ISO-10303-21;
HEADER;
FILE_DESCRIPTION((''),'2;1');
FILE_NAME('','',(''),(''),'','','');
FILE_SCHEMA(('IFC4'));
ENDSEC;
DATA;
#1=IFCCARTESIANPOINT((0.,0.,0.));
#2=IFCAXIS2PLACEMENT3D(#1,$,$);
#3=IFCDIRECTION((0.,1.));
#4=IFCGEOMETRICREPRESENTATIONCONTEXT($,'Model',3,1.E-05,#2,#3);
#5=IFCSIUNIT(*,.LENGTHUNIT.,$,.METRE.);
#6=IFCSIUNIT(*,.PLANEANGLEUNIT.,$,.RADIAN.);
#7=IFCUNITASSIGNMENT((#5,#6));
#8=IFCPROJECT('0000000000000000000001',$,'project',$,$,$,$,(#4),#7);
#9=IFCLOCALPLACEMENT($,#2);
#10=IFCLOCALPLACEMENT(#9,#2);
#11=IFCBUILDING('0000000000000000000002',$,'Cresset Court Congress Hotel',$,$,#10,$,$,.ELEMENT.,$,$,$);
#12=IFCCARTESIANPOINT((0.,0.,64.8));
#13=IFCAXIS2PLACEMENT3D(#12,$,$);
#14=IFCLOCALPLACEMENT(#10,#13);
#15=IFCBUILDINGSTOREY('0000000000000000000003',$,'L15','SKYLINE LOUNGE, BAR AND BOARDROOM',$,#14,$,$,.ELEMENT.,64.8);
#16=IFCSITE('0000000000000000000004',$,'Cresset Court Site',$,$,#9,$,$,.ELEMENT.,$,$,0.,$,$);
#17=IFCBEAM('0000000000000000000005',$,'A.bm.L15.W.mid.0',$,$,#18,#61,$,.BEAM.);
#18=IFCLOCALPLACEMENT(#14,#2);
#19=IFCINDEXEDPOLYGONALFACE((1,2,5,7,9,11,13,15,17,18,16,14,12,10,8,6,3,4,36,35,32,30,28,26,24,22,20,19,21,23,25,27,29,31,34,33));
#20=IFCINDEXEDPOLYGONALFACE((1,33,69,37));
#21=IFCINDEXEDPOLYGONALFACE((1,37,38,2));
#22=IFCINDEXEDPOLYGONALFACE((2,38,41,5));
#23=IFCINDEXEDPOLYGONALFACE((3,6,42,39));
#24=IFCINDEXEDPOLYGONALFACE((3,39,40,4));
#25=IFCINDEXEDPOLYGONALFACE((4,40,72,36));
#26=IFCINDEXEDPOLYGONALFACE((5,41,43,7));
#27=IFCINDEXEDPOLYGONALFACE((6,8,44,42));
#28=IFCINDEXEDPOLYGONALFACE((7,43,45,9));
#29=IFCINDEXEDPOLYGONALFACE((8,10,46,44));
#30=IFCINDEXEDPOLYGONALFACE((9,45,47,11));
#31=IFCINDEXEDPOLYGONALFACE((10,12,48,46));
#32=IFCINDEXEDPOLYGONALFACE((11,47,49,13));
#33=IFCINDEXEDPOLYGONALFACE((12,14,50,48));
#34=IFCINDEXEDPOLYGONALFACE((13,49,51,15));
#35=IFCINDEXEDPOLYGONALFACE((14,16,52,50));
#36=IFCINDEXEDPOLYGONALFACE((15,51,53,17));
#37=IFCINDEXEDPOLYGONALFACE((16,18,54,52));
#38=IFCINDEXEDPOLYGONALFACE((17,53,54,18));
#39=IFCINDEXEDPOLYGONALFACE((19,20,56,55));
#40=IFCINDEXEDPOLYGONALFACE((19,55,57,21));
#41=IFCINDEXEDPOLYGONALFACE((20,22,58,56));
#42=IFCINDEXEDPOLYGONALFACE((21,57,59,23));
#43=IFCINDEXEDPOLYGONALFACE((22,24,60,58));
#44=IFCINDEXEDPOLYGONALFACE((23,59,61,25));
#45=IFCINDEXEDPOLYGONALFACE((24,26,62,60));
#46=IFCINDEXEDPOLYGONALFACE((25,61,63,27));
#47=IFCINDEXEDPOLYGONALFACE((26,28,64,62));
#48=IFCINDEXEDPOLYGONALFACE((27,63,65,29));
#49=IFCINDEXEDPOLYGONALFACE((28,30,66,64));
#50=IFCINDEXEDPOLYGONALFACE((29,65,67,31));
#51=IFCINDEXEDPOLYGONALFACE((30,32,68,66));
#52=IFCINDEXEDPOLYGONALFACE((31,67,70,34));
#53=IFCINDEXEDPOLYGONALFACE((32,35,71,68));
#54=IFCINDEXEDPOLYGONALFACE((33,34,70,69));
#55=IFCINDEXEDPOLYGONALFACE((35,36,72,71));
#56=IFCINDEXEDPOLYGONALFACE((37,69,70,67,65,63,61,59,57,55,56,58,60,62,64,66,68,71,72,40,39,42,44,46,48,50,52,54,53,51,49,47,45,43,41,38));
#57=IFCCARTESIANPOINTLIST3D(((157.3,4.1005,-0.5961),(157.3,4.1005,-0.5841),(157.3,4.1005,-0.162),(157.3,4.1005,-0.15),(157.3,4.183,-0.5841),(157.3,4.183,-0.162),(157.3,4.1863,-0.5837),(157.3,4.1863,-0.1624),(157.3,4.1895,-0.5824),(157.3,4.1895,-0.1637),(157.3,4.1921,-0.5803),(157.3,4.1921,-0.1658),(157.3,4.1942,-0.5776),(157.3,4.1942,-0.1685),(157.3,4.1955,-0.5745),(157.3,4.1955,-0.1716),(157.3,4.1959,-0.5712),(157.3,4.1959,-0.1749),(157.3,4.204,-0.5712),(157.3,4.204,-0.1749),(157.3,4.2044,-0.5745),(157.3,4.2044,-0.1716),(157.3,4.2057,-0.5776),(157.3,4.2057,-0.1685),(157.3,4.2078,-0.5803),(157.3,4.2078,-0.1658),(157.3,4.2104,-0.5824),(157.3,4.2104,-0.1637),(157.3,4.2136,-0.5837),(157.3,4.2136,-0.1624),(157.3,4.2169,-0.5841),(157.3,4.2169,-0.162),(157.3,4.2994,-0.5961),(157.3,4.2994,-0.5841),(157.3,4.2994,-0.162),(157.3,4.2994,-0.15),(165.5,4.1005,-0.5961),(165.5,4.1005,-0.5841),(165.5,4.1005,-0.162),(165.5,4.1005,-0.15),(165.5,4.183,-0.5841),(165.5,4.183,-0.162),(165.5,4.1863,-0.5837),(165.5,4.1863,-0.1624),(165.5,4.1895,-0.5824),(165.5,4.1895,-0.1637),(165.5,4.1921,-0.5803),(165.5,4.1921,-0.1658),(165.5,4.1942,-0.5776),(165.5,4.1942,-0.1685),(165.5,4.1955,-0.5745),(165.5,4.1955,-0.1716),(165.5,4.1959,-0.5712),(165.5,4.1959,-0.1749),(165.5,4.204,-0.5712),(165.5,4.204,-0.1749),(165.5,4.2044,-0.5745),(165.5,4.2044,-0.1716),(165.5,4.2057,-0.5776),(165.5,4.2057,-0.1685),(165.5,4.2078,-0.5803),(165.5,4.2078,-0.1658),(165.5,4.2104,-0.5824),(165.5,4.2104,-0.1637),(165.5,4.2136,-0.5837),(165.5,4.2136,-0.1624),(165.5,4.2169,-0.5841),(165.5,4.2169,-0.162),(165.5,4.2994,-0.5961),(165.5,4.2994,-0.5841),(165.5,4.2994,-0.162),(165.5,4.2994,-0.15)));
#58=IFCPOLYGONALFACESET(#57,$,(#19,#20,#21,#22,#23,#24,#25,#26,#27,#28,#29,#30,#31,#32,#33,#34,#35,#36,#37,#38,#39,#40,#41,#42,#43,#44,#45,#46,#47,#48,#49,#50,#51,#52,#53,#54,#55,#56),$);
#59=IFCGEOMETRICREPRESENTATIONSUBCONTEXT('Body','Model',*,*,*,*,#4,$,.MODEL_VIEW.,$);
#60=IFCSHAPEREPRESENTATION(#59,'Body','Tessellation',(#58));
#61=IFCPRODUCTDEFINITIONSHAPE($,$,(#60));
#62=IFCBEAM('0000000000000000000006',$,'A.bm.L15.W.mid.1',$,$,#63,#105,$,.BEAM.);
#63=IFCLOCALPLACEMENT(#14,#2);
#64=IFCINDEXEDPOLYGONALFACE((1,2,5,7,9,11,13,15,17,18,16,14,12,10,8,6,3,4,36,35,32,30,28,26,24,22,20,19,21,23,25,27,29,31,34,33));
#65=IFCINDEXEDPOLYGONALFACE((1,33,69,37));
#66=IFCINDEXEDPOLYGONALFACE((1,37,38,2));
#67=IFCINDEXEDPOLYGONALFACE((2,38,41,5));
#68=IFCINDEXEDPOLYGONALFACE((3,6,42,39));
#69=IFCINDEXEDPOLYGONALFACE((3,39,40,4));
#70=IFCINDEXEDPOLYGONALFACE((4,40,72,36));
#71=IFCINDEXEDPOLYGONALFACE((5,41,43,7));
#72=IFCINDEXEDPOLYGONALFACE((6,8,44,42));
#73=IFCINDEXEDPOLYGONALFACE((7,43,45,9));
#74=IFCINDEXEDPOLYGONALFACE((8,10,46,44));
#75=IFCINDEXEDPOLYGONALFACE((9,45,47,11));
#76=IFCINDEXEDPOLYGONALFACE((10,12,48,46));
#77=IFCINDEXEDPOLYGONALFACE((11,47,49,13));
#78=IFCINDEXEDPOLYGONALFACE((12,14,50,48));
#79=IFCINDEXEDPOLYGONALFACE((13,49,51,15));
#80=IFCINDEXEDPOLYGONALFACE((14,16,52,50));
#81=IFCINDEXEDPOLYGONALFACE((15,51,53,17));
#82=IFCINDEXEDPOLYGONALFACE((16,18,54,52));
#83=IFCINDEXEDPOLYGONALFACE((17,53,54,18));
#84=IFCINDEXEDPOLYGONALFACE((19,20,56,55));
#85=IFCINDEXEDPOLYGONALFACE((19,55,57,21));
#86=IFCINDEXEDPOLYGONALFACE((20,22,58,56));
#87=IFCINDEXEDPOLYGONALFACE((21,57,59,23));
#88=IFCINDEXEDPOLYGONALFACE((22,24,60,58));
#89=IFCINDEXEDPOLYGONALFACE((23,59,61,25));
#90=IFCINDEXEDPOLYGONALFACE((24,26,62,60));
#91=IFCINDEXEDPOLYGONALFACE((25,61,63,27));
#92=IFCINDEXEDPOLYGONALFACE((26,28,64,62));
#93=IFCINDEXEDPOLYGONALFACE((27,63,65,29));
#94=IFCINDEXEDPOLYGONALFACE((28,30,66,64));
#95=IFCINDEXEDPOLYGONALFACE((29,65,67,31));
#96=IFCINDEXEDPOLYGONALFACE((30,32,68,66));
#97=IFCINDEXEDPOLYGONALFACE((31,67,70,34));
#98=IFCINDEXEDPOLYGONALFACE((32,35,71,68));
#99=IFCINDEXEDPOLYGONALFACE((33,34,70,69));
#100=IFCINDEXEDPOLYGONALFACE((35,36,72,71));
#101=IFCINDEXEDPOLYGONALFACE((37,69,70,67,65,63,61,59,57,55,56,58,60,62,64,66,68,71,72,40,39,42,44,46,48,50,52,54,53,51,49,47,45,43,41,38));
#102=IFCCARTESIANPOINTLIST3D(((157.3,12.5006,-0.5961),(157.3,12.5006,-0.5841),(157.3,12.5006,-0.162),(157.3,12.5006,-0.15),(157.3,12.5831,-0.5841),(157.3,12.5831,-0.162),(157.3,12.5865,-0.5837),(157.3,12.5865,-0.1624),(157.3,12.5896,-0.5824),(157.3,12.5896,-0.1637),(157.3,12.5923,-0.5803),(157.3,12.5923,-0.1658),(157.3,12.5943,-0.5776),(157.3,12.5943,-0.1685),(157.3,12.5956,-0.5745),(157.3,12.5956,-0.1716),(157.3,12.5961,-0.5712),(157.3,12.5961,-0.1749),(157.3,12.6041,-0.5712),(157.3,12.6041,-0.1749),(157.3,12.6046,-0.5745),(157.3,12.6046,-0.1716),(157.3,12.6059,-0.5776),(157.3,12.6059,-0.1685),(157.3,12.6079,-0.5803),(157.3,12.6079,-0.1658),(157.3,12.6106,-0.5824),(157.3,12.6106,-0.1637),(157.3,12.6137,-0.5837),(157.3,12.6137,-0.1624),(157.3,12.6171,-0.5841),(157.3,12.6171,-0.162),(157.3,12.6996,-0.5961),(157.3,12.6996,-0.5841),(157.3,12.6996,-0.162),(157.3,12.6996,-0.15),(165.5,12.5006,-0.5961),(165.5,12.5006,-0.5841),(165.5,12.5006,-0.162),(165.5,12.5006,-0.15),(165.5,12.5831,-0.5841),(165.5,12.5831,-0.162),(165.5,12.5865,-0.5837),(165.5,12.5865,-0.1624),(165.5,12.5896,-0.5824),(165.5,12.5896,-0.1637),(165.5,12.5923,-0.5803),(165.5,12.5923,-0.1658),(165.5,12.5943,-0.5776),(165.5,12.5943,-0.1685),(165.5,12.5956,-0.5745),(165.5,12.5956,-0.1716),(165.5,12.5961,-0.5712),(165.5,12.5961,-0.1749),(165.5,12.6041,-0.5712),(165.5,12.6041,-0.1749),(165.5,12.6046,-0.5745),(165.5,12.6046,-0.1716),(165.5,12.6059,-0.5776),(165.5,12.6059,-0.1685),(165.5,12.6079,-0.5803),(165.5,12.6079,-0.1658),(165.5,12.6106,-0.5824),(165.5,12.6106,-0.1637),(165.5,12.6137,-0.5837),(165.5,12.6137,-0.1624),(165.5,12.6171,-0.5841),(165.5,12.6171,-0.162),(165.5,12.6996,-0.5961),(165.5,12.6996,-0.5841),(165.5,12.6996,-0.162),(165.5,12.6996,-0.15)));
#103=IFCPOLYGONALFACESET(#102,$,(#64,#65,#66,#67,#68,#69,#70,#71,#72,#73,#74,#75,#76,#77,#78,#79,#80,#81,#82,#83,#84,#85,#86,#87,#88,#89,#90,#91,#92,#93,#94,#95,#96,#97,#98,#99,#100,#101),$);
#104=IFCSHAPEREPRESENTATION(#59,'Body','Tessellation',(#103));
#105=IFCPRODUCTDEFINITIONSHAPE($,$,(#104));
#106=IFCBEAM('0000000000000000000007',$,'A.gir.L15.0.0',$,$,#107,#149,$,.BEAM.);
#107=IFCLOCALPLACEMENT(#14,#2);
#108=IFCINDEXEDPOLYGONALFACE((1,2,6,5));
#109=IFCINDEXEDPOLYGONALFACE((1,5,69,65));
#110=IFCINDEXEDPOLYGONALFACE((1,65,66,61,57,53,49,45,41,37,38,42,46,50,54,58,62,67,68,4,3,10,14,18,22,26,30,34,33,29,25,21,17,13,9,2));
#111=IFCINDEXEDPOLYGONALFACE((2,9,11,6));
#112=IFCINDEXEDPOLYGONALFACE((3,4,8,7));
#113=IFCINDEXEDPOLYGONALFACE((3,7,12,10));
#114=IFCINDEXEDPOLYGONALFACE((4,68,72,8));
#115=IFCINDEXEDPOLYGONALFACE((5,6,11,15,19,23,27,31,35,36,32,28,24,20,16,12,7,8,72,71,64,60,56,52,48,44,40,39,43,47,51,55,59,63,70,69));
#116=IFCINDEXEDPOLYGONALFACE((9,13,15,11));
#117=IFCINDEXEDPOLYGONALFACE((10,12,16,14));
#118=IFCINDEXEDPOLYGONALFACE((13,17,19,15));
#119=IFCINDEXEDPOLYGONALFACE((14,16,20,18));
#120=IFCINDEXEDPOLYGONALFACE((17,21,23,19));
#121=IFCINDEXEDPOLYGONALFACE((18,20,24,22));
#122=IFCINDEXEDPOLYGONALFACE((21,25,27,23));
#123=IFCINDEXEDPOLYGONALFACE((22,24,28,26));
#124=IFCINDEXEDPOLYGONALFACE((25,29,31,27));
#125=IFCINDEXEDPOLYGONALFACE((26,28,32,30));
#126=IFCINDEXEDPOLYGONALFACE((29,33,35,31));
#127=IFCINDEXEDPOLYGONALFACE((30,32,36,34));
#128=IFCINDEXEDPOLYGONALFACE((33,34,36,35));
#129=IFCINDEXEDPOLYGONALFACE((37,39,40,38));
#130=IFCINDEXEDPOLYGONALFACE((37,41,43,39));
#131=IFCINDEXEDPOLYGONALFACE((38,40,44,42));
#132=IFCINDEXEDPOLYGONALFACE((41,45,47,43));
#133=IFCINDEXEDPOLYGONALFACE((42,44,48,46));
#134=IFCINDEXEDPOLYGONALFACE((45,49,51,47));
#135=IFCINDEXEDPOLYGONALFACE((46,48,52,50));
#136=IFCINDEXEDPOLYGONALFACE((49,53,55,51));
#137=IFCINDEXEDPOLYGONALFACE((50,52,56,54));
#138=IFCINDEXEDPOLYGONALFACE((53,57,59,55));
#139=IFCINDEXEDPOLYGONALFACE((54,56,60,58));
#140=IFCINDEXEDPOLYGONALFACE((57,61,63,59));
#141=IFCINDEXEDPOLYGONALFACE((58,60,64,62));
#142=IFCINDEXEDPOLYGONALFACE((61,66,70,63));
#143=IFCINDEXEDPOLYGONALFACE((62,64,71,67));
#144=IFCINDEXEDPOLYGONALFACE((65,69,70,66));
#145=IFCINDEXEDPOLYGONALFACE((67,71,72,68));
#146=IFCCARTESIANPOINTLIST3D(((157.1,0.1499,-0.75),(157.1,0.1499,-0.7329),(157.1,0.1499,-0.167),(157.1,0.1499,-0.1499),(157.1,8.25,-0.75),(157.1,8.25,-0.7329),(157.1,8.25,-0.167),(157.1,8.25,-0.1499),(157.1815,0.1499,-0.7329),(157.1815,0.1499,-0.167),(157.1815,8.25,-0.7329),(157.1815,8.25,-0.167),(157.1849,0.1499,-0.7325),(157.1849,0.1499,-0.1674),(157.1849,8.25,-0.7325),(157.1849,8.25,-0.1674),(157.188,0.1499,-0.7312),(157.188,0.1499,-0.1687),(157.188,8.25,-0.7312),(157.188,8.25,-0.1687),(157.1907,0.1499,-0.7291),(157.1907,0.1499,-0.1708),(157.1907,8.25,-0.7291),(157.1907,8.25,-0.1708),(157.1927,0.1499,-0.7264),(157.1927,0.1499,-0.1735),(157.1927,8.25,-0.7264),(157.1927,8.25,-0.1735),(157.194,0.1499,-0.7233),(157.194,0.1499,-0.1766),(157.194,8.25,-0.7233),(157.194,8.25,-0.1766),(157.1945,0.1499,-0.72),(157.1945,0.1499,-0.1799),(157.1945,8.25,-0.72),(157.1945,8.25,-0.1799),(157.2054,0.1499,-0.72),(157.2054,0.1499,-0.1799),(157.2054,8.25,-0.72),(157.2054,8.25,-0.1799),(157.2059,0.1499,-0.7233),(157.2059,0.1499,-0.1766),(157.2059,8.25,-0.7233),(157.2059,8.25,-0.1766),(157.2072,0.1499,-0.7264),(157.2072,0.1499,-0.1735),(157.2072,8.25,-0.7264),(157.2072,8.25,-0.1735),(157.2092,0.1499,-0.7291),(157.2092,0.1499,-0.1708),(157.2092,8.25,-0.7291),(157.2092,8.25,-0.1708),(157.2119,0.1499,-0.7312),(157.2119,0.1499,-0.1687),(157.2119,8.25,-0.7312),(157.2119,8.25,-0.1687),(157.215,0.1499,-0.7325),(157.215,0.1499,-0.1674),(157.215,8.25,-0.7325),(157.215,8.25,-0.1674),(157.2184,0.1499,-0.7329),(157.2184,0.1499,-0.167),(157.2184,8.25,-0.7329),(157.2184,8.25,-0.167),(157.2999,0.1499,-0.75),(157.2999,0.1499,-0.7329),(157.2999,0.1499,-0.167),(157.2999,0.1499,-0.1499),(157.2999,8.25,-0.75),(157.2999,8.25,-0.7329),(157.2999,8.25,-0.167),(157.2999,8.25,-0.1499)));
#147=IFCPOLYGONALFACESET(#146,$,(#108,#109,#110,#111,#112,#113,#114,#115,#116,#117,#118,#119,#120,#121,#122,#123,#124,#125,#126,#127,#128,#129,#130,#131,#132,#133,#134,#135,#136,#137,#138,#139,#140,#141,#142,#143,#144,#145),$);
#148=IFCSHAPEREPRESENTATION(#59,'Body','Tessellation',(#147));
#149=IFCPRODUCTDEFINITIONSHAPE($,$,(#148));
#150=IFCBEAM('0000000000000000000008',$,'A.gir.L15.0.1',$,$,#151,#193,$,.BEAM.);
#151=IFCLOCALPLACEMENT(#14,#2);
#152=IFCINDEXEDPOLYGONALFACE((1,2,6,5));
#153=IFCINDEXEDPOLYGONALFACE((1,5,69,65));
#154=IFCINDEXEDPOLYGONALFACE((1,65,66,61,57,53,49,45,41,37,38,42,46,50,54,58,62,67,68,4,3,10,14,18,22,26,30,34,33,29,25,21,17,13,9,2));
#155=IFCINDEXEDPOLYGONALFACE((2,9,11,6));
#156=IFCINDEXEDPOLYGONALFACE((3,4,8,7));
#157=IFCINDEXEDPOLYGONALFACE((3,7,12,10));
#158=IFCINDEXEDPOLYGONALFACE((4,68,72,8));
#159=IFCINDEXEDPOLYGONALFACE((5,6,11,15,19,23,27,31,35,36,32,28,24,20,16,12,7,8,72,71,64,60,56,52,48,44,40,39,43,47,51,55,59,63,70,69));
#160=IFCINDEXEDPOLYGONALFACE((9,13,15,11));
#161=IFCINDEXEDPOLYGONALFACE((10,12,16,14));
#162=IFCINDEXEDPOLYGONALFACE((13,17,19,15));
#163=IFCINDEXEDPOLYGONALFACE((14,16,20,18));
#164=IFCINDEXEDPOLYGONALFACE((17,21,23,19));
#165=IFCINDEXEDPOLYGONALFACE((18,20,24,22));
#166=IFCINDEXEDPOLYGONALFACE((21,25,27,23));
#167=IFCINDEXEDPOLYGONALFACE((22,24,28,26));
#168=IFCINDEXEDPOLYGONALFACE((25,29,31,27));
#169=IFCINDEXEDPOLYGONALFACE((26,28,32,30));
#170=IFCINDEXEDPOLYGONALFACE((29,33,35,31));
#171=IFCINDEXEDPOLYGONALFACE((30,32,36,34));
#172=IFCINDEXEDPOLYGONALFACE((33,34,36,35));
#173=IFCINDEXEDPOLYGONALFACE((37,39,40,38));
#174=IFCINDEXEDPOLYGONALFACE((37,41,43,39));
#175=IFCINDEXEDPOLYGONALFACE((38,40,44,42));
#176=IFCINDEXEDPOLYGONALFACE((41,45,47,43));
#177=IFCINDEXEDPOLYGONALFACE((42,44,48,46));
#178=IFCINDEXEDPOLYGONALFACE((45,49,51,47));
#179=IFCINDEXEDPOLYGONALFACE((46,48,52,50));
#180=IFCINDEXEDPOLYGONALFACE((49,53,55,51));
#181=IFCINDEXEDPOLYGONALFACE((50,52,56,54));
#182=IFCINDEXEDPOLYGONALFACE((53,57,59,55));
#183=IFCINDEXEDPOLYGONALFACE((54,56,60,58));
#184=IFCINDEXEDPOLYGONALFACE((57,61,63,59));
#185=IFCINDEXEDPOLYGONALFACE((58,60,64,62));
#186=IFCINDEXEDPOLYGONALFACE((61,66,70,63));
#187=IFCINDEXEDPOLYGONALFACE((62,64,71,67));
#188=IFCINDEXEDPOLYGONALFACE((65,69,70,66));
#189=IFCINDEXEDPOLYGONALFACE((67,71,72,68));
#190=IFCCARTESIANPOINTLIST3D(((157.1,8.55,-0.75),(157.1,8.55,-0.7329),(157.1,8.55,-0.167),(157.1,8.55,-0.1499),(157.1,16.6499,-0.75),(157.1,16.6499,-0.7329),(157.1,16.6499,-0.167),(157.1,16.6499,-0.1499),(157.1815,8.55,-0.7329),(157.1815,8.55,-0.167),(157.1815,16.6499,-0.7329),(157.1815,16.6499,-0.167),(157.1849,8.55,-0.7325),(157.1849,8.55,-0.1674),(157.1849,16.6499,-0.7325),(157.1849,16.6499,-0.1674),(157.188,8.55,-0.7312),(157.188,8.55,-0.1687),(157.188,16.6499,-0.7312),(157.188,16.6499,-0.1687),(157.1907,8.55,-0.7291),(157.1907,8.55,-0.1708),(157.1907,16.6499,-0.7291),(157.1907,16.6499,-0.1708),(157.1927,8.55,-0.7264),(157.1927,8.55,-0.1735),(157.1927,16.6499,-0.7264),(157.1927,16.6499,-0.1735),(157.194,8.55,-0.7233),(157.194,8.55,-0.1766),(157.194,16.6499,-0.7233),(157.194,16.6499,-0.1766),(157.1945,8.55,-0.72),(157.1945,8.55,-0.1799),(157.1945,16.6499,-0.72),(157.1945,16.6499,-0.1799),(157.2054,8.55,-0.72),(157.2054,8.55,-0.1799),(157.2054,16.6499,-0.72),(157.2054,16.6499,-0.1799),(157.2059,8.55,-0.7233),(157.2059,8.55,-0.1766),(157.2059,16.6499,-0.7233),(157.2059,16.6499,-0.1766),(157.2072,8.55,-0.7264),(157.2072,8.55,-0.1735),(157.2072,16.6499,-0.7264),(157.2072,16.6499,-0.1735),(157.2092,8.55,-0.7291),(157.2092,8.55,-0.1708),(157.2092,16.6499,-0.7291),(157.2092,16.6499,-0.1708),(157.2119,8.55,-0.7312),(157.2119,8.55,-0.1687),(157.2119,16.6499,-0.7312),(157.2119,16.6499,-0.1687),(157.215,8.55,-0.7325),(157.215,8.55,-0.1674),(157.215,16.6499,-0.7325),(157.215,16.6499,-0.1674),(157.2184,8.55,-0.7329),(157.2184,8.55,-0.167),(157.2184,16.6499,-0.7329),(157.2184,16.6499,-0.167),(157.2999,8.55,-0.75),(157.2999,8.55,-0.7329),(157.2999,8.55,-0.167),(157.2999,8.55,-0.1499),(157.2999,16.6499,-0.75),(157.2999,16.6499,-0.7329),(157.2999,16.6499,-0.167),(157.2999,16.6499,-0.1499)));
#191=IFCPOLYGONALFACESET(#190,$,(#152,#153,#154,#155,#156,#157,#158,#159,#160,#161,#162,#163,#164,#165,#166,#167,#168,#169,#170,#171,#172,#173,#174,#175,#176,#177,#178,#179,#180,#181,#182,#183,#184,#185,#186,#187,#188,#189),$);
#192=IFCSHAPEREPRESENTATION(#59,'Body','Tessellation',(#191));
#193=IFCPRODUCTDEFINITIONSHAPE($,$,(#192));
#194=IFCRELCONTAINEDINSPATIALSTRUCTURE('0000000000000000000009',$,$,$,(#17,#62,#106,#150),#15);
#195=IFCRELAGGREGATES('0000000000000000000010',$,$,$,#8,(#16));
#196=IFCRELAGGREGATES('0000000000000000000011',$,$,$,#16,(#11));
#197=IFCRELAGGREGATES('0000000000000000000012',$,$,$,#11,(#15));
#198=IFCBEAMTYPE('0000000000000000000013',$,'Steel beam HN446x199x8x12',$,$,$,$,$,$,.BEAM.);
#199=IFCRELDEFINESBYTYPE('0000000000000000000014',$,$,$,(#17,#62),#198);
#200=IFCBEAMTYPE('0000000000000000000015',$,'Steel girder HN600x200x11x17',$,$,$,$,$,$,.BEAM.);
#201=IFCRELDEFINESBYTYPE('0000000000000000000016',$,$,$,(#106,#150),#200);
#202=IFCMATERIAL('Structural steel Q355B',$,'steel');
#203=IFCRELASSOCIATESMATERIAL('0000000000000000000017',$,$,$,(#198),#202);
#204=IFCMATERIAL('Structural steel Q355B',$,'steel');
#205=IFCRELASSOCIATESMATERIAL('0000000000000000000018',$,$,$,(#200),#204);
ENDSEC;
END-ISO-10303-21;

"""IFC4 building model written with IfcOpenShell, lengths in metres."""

from ifc_helpers import new_model, si_unit, direction, frame, origin, origin_2d, place, context, subcontext, project, spatial, i_section, extrude, material, material_profile, profile_set, type_object, element, save


model = new_model("IFC4")

# Units and contexts
model_context = context("Model", 3, precision=1e-05, world=origin(), true_north=direction((0.0, 1.0)))
body_context = subcontext(model_context, "Body", "Model", "MODEL_VIEW")
ifc_project = project(units=[si_unit("LENGTHUNIT", "METRE"), si_unit("PLANEANGLEUNIT", "RADIAN")], contexts=[model_context])

# Site, building, storey
site_placement = place(None, origin())
site = spatial("IfcSite", under=ifc_project, at=site_placement, Name="Cresset Court Site", CompositionType="ELEMENT", RefElevation=0.0)
building_placement = place(site_placement, origin())
building = spatial("IfcBuilding", under=site, at=building_placement, Name="Cresset Court Congress Hotel", CompositionType="ELEMENT")
storey_placement = place(building_placement, frame((0.0, 0.0, 64.8)))
storey = spatial("IfcBuildingStorey", under=building, at=storey_placement, Name="L15", Description="SKYLINE LOUNGE, BAR AND BOARDROOM", CompositionType="ELEMENT", Elevation=64.8)

# Beams
ifc_material_1 = material(Name="Structural steel Q355B", Category="steel")
ifc_material_profile_1 = material_profile(ifc_material_1, i_section(OverallWidth=0.199, OverallDepth=0.446, WebThickness=0.0081, FlangeThickness=0.012, FilletRadius=0.0129, at=origin_2d()), Name="HN446x199x8x12")
ifc_profile_set_1 = profile_set([ifc_material_profile_1], Name="Structural steel Q355B")
beam_type_1 = type_object("IfcBeamType", Name="Steel beam HN446x199x8x12", PredefinedType="BEAM", material=ifc_profile_set_1)
for number, where, z_axis, x_axis, name in (
    (1, (157.3, 4.2, -0.373), (1.0, 0.0, 0.0), (0.0, 1.0, 0.0), "A.bm.L15.W.mid.0"),
    (2, (157.3, 12.6001, -0.373), (1.0, 0.0, 0.0), (0.0, 1.0, 0.0), "A.bm.L15.W.mid.1"),
):
    element("IfcBeam", number, at=place(storey_placement, frame(where, z_axis=z_axis, x_axis=x_axis)), inside=storey, type_object=beam_type_1, Name=name, PredefinedType="BEAM", context=body_context, shape_type="SweptSolid", body=[
        extrude(i_section(OverallWidth=0.199, OverallDepth=0.446, WebThickness=0.0081, FlangeThickness=0.012, FilletRadius=0.0129, at=origin_2d()), origin(), (0.0, 0.0, 1.0), 8.2),
    ])
ifc_material_2 = material(Name="Structural steel Q355B", Category="steel")
ifc_material_profile_2 = material_profile(ifc_material_2, i_section(OverallWidth=0.2, OverallDepth=0.6001, WebThickness=0.011, FlangeThickness=0.0171, FilletRadius=0.0129, at=origin_2d()), Name="HN600x200x11x17")
ifc_profile_set_2 = profile_set([ifc_material_profile_2], Name="Structural steel Q355B")
beam_type_2 = type_object("IfcBeamType", Name="Steel girder HN600x200x11x17", PredefinedType="BEAM", material=ifc_profile_set_2)
beam_1_placement = place(storey_placement, frame((157.2, 0.1499, -0.45), z_axis=(0.0, 1.0, 0.0), x_axis=(-1.0, 0.0, 0.0)))
element("IfcBeam", 3, at=beam_1_placement, inside=storey, type_object=beam_type_2, Name="A.gir.L15.0.0", PredefinedType="BEAM", context=body_context, shape_type="SweptSolid", body=[
    extrude(i_section(OverallWidth=0.2, OverallDepth=0.6001, WebThickness=0.011, FlangeThickness=0.0171, FilletRadius=0.0129, at=origin_2d()), origin(), (0.0, 0.0, 1.0), 8.1001),
])
beam_2_placement = place(storey_placement, frame((157.2, 8.55, -0.45), z_axis=(0.0, 1.0, 0.0), x_axis=(-1.0, 0.0, 0.0)))
element("IfcBeam", 4, at=beam_2_placement, inside=storey, type_object=beam_type_2, Name="A.gir.L15.0.1", PredefinedType="BEAM", context=body_context, shape_type="SweptSolid", body=[
    extrude(i_section(OverallWidth=0.2, OverallDepth=0.6001, WebThickness=0.011, FlangeThickness=0.0171, FilletRadius=0.0129, at=origin_2d()), origin(), (0.0, 0.0, 1.0), 8.0999),
])

save(model, "model.ifc")
